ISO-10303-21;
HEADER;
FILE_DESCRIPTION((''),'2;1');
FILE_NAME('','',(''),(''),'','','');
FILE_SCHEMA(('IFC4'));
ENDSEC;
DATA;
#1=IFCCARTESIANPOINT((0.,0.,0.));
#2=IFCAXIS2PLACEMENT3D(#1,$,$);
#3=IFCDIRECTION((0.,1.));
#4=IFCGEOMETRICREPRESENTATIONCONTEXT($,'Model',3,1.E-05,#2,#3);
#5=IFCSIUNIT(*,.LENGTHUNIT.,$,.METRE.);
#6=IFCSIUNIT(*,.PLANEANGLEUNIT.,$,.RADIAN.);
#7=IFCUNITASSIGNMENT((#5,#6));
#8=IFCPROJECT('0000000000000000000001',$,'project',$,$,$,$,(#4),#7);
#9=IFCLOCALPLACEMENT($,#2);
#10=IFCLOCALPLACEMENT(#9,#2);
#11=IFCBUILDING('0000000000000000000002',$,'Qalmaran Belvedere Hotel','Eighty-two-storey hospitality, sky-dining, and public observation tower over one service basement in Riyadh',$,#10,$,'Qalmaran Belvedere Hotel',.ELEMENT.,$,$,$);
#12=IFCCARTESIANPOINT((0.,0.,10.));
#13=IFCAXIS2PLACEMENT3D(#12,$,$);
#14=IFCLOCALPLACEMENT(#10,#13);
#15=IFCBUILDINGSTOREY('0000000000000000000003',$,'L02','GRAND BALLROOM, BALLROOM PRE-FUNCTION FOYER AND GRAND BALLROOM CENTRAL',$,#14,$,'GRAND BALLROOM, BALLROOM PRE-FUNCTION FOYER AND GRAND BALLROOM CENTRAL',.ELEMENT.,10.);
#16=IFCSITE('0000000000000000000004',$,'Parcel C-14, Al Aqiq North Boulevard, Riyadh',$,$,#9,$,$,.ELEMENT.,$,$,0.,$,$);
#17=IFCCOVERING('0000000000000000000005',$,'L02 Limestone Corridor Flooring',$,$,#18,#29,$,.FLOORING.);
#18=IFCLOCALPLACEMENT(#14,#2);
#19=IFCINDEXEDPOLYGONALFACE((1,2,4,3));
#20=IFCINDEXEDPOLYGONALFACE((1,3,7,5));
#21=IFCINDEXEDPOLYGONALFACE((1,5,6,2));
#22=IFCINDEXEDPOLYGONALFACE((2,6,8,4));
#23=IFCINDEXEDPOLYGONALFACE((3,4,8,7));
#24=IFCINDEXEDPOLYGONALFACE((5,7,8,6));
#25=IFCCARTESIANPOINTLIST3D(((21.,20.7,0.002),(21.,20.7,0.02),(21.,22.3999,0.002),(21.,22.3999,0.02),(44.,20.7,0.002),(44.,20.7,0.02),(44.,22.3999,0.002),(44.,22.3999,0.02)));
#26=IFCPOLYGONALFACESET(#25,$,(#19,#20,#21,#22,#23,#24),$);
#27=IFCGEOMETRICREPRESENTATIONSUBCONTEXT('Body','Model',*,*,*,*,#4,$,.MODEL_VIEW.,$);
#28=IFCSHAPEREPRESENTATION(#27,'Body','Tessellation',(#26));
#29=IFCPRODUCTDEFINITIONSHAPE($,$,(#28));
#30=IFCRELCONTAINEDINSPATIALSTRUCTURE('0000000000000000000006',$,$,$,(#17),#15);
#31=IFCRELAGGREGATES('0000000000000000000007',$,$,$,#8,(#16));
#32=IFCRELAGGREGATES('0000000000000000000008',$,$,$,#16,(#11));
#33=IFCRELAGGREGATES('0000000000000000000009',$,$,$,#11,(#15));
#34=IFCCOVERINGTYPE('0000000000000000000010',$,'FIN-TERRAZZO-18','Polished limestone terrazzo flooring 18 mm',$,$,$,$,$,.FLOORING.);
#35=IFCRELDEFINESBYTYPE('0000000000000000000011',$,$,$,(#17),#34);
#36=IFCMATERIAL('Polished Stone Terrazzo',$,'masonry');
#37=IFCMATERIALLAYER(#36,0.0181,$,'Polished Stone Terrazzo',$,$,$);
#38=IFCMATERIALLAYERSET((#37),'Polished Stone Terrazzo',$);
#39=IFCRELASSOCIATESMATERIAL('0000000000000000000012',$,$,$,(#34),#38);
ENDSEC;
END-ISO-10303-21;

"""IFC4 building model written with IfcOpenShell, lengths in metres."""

from ifc_helpers import new_model, si_unit, direction, frame, origin, place, context, subcontext, project, spatial, polyline, outline, extrude, material, layer, layer_set, type_object, element, save


model = new_model("IFC4")

# Units and contexts
model_context = context("Model", 3, precision=1e-05, world=origin(), true_north=direction((0.0, 1.0)))
body_context = subcontext(model_context, "Body", "Model", "MODEL_VIEW")
ifc_project = project(units=[si_unit("LENGTHUNIT", "METRE"), si_unit("PLANEANGLEUNIT", "RADIAN")], contexts=[model_context])

# Site, building, storey
site_placement = place(None, origin())
site = spatial("IfcSite", under=ifc_project, at=site_placement, Name="Parcel C-14, Al Aqiq North Boulevard, Riyadh", CompositionType="ELEMENT", RefElevation=0.0)
building_placement = place(site_placement, origin())
building = spatial("IfcBuilding", under=site, at=building_placement, Name="Qalmaran Belvedere Hotel", Description="Eighty-two-storey hospitality, sky-dining, and public observation tower over one service basement in Riyadh", LongName="Qalmaran Belvedere Hotel", CompositionType="ELEMENT")
storey_placement = place(building_placement, frame((0.0, 0.0, 10.0)))
storey = spatial("IfcBuildingStorey", under=building, at=storey_placement, Name="L02", Description="GRAND BALLROOM, BALLROOM PRE-FUNCTION FOYER AND GRAND BALLROOM CENTRAL", LongName="GRAND BALLROOM, BALLROOM PRE-FUNCTION FOYER AND GRAND BALLROOM CENTRAL", CompositionType="ELEMENT", Elevation=10.0)

# Covering
ifc_material_1 = material(Name="Polished Stone Terrazzo", Category="masonry")
ifc_layer_1 = layer(ifc_material_1, 0.0181, Name="Polished Stone Terrazzo")
ifc_layer_set_1 = layer_set([ifc_layer_1], Name="Polished Stone Terrazzo")
covering_type_1 = type_object("IfcCoveringType", Name="FIN-TERRAZZO-18", Description="Polished limestone terrazzo flooring 18 mm", PredefinedType="FLOORING", material=ifc_layer_set_1)
covering_1_placement = place(storey_placement, frame((0.0, 0.0, 0.002)))
element("IfcCovering", 1, at=covering_1_placement, inside=storey, type_object=covering_type_1, Name="L02 Limestone Corridor Flooring", PredefinedType="FLOORING", context=body_context, shape_type="SweptSolid", body=[
    extrude(outline(polyline([(21.0, 20.7), (44.0, 20.7), (44.0, 22.3999), (21.0, 22.3999), (21.0, 20.7)])), origin(), (0.0, 0.0, 1.0), 0.0181),
])

save(model, "model.ifc")
